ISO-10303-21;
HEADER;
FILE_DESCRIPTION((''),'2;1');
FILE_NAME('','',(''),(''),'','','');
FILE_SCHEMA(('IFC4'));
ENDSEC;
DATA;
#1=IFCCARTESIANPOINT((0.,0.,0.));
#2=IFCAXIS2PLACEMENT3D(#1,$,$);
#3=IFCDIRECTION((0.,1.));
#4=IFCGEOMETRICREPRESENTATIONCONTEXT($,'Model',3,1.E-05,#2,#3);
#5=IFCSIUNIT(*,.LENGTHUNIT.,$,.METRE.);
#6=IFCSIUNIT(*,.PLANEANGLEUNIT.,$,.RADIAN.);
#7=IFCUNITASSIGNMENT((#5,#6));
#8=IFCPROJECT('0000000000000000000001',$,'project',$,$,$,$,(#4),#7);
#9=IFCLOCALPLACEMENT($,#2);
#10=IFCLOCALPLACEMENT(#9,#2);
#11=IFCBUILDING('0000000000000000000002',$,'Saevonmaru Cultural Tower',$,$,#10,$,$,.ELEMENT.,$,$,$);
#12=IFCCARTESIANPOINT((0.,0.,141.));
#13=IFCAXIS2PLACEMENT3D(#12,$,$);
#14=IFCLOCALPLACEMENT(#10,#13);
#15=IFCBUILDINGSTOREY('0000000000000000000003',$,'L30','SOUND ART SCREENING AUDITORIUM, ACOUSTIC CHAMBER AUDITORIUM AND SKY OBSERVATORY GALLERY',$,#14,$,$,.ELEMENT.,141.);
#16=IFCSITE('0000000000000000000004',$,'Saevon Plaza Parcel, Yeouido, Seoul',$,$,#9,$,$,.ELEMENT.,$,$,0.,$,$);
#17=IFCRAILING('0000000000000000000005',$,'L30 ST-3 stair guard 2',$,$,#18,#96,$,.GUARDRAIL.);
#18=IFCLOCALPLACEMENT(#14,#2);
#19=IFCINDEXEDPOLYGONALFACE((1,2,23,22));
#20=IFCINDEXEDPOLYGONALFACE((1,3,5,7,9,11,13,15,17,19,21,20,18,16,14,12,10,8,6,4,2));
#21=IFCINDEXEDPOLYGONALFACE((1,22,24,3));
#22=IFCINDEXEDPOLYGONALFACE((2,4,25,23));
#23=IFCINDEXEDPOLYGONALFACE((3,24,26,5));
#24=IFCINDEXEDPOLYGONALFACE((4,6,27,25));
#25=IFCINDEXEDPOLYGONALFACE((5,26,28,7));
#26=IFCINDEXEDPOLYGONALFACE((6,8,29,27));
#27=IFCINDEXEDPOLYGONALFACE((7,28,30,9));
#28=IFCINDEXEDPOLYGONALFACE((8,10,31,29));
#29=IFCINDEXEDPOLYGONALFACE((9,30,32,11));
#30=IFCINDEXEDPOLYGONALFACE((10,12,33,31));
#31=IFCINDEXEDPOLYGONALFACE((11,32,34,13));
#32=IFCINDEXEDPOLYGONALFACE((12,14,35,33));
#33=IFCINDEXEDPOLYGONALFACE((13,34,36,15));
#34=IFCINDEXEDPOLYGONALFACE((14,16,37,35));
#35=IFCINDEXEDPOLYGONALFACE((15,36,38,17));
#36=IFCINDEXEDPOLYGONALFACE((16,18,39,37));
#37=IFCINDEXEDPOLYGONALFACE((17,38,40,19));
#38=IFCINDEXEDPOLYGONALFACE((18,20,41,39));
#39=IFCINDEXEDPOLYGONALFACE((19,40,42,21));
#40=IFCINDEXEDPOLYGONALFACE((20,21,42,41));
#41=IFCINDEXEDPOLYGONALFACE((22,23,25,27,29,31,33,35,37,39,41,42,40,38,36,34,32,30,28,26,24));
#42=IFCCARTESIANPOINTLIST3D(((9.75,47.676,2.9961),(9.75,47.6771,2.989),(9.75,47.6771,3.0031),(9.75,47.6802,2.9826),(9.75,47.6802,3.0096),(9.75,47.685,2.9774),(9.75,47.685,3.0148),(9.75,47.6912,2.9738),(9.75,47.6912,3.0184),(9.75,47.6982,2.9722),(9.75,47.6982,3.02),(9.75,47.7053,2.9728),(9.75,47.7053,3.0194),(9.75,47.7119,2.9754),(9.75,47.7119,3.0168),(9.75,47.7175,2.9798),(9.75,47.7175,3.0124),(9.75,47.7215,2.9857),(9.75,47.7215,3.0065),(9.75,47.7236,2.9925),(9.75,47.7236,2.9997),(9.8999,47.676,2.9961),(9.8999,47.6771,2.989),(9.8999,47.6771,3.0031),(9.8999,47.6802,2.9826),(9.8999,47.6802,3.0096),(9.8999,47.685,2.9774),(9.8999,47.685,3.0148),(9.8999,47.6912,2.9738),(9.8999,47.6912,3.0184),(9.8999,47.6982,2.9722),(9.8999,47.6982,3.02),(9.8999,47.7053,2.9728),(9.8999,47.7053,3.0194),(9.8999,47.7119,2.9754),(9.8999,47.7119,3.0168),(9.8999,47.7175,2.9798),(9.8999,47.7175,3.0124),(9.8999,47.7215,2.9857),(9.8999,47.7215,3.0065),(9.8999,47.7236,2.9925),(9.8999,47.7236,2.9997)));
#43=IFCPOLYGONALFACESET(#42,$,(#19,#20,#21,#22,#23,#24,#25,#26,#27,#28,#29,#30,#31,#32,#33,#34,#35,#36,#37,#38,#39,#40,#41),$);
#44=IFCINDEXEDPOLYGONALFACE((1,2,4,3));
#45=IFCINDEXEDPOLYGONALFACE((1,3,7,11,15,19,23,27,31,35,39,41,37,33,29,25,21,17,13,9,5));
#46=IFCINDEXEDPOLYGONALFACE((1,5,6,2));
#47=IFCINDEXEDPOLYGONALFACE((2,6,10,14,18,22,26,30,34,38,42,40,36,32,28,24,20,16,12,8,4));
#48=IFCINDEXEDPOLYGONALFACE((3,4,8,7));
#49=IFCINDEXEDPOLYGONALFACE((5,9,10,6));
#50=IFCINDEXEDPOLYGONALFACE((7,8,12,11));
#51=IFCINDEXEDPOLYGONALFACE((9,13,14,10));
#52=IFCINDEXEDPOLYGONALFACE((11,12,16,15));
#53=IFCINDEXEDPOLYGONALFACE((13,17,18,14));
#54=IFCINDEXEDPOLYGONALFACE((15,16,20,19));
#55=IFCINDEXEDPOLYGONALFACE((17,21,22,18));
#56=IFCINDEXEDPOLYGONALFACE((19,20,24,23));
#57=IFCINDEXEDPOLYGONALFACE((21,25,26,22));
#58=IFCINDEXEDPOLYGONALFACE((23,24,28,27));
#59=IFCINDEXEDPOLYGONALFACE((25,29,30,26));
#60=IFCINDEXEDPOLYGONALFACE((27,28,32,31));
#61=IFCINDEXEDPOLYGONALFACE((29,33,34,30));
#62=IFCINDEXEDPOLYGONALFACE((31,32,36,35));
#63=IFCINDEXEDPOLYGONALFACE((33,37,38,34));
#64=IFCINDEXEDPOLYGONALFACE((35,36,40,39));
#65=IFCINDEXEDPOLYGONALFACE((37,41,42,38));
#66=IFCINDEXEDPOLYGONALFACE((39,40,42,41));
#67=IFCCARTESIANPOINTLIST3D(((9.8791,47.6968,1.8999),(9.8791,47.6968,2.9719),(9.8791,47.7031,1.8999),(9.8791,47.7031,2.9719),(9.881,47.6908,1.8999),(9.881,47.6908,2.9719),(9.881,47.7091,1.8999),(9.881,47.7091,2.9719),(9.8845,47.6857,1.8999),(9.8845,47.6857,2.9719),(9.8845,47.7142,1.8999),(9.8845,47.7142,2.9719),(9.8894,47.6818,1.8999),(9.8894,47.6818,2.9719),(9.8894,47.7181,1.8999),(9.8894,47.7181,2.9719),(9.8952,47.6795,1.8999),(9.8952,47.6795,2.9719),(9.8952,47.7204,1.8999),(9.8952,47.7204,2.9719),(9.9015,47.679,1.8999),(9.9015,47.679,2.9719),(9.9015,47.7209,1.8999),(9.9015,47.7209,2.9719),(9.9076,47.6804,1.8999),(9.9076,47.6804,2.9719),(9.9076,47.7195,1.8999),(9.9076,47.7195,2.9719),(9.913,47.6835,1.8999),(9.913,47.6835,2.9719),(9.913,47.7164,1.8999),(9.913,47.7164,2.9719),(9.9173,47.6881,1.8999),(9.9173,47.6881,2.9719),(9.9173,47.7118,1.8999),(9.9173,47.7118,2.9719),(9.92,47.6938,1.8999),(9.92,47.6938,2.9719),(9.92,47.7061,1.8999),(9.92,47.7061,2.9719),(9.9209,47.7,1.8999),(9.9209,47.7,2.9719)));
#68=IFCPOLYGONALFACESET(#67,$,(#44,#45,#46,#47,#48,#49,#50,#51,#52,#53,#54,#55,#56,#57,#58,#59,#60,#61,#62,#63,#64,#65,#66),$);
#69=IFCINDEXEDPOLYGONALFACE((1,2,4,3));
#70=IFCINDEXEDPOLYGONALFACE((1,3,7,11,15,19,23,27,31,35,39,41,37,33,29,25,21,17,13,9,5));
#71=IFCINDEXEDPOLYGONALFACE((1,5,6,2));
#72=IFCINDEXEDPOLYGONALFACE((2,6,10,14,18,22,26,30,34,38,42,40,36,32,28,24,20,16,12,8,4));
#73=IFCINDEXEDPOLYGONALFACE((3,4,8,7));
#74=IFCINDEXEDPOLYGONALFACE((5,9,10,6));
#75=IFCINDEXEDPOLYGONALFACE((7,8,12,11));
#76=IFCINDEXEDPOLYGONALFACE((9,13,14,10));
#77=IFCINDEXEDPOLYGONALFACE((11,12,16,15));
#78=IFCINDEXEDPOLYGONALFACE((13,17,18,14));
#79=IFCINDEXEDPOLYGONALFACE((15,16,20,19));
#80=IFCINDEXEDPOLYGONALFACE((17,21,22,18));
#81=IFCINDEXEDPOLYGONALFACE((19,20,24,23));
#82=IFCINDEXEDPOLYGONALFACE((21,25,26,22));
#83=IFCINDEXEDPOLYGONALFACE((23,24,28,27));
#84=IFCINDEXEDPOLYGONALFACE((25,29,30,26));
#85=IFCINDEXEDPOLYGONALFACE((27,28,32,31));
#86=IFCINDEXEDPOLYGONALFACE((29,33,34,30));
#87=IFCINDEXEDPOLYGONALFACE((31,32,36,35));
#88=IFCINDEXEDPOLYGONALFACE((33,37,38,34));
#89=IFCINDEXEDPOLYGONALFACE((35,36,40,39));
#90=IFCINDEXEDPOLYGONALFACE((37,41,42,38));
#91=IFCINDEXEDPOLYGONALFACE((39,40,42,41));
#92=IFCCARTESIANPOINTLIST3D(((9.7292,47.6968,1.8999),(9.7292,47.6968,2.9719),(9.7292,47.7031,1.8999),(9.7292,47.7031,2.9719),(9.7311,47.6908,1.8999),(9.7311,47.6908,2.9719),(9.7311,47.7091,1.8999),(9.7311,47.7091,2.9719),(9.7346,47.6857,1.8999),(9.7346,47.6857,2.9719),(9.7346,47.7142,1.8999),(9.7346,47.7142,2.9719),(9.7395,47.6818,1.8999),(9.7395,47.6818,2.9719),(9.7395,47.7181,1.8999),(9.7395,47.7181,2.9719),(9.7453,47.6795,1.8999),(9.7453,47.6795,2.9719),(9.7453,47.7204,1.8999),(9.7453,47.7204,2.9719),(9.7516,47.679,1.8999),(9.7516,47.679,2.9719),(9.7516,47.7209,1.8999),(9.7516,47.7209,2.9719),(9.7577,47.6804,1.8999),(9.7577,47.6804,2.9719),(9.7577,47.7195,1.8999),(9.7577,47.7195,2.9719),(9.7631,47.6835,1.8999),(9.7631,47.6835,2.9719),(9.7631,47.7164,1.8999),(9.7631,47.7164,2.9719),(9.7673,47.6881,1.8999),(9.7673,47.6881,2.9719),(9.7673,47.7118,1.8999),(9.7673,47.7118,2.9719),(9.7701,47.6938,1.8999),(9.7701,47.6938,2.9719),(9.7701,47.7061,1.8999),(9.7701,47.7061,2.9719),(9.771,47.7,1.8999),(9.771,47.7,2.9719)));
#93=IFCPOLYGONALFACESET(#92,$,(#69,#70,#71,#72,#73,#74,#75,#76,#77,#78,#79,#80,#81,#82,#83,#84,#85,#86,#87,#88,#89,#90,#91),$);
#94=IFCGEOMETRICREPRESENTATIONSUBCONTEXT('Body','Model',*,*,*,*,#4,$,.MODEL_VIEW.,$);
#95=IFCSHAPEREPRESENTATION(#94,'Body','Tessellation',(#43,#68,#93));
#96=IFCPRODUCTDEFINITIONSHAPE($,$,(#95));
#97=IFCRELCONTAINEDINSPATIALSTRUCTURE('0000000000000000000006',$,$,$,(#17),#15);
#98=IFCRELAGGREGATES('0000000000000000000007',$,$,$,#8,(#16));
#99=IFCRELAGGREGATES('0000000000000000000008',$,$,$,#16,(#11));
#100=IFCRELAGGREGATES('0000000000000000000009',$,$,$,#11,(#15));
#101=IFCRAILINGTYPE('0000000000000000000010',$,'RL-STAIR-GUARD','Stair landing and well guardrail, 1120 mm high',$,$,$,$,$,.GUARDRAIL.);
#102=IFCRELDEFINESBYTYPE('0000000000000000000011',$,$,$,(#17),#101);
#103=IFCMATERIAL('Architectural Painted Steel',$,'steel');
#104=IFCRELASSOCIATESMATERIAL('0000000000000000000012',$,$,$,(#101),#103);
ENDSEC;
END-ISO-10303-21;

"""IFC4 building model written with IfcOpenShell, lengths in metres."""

from ifc_helpers import new_model, si_unit, direction, frame, origin, origin_2d, place, context, subcontext, project, spatial, circle, extrude, material, type_object, element, save


model = new_model("IFC4")

# Units and contexts
model_context = context("Model", 3, precision=1e-05, world=origin(), true_north=direction((0.0, 1.0)))
body_context = subcontext(model_context, "Body", "Model", "MODEL_VIEW")
ifc_project = project(units=[si_unit("LENGTHUNIT", "METRE"), si_unit("PLANEANGLEUNIT", "RADIAN")], contexts=[model_context])

# Site, building, storey
site_placement = place(None, origin())
site = spatial("IfcSite", under=ifc_project, at=site_placement, Name="Saevon Plaza Parcel, Yeouido, Seoul", CompositionType="ELEMENT", RefElevation=0.0)
building_placement = place(site_placement, origin())
building = spatial("IfcBuilding", under=site, at=building_placement, Name="Saevonmaru Cultural Tower", CompositionType="ELEMENT")
storey_placement = place(building_placement, frame((0.0, 0.0, 141.0)))
storey = spatial("IfcBuildingStorey", under=building, at=storey_placement, Name="L30", Description="SOUND ART SCREENING AUDITORIUM, ACOUSTIC CHAMBER AUDITORIUM AND SKY OBSERVATORY GALLERY", CompositionType="ELEMENT", Elevation=141.0)

# Railing
ifc_material_1 = material(Name="Architectural Painted Steel", Category="steel")
railing_type_1 = type_object("IfcRailingType", Name="RL-STAIR-GUARD", Description="Stair landing and well guardrail, 1120 mm high", PredefinedType="GUARDRAIL", material=ifc_material_1)
railing_1_placement = place(storey_placement, frame((9.8999, 47.7, 1.8999)))
element("IfcRailing", 1, at=railing_1_placement, inside=storey, type_object=railing_type_1, Name="L30 ST-3 stair guard 2", PredefinedType="GUARDRAIL", context=body_context, shape_type="SweptSolid", body=[
    extrude(circle(Radius=0.0239, at=origin_2d()), frame((0.0, 0.0, 1.0962), z_axis=(-1.0, 0.0, 0.0), x_axis=(0.0, -1.0, 0.0)), (0.0, 0.0, 1.0), 0.1499),
    extrude(circle(Radius=0.021, at=origin_2d()), origin(), (0.0, 0.0, 1.0), 1.072),
    extrude(circle(Radius=0.021, at=origin_2d()), frame((-0.1499, 0.0, 0.0)), (0.0, 0.0, 1.0), 1.072),
])

save(model, "model.ifc")
